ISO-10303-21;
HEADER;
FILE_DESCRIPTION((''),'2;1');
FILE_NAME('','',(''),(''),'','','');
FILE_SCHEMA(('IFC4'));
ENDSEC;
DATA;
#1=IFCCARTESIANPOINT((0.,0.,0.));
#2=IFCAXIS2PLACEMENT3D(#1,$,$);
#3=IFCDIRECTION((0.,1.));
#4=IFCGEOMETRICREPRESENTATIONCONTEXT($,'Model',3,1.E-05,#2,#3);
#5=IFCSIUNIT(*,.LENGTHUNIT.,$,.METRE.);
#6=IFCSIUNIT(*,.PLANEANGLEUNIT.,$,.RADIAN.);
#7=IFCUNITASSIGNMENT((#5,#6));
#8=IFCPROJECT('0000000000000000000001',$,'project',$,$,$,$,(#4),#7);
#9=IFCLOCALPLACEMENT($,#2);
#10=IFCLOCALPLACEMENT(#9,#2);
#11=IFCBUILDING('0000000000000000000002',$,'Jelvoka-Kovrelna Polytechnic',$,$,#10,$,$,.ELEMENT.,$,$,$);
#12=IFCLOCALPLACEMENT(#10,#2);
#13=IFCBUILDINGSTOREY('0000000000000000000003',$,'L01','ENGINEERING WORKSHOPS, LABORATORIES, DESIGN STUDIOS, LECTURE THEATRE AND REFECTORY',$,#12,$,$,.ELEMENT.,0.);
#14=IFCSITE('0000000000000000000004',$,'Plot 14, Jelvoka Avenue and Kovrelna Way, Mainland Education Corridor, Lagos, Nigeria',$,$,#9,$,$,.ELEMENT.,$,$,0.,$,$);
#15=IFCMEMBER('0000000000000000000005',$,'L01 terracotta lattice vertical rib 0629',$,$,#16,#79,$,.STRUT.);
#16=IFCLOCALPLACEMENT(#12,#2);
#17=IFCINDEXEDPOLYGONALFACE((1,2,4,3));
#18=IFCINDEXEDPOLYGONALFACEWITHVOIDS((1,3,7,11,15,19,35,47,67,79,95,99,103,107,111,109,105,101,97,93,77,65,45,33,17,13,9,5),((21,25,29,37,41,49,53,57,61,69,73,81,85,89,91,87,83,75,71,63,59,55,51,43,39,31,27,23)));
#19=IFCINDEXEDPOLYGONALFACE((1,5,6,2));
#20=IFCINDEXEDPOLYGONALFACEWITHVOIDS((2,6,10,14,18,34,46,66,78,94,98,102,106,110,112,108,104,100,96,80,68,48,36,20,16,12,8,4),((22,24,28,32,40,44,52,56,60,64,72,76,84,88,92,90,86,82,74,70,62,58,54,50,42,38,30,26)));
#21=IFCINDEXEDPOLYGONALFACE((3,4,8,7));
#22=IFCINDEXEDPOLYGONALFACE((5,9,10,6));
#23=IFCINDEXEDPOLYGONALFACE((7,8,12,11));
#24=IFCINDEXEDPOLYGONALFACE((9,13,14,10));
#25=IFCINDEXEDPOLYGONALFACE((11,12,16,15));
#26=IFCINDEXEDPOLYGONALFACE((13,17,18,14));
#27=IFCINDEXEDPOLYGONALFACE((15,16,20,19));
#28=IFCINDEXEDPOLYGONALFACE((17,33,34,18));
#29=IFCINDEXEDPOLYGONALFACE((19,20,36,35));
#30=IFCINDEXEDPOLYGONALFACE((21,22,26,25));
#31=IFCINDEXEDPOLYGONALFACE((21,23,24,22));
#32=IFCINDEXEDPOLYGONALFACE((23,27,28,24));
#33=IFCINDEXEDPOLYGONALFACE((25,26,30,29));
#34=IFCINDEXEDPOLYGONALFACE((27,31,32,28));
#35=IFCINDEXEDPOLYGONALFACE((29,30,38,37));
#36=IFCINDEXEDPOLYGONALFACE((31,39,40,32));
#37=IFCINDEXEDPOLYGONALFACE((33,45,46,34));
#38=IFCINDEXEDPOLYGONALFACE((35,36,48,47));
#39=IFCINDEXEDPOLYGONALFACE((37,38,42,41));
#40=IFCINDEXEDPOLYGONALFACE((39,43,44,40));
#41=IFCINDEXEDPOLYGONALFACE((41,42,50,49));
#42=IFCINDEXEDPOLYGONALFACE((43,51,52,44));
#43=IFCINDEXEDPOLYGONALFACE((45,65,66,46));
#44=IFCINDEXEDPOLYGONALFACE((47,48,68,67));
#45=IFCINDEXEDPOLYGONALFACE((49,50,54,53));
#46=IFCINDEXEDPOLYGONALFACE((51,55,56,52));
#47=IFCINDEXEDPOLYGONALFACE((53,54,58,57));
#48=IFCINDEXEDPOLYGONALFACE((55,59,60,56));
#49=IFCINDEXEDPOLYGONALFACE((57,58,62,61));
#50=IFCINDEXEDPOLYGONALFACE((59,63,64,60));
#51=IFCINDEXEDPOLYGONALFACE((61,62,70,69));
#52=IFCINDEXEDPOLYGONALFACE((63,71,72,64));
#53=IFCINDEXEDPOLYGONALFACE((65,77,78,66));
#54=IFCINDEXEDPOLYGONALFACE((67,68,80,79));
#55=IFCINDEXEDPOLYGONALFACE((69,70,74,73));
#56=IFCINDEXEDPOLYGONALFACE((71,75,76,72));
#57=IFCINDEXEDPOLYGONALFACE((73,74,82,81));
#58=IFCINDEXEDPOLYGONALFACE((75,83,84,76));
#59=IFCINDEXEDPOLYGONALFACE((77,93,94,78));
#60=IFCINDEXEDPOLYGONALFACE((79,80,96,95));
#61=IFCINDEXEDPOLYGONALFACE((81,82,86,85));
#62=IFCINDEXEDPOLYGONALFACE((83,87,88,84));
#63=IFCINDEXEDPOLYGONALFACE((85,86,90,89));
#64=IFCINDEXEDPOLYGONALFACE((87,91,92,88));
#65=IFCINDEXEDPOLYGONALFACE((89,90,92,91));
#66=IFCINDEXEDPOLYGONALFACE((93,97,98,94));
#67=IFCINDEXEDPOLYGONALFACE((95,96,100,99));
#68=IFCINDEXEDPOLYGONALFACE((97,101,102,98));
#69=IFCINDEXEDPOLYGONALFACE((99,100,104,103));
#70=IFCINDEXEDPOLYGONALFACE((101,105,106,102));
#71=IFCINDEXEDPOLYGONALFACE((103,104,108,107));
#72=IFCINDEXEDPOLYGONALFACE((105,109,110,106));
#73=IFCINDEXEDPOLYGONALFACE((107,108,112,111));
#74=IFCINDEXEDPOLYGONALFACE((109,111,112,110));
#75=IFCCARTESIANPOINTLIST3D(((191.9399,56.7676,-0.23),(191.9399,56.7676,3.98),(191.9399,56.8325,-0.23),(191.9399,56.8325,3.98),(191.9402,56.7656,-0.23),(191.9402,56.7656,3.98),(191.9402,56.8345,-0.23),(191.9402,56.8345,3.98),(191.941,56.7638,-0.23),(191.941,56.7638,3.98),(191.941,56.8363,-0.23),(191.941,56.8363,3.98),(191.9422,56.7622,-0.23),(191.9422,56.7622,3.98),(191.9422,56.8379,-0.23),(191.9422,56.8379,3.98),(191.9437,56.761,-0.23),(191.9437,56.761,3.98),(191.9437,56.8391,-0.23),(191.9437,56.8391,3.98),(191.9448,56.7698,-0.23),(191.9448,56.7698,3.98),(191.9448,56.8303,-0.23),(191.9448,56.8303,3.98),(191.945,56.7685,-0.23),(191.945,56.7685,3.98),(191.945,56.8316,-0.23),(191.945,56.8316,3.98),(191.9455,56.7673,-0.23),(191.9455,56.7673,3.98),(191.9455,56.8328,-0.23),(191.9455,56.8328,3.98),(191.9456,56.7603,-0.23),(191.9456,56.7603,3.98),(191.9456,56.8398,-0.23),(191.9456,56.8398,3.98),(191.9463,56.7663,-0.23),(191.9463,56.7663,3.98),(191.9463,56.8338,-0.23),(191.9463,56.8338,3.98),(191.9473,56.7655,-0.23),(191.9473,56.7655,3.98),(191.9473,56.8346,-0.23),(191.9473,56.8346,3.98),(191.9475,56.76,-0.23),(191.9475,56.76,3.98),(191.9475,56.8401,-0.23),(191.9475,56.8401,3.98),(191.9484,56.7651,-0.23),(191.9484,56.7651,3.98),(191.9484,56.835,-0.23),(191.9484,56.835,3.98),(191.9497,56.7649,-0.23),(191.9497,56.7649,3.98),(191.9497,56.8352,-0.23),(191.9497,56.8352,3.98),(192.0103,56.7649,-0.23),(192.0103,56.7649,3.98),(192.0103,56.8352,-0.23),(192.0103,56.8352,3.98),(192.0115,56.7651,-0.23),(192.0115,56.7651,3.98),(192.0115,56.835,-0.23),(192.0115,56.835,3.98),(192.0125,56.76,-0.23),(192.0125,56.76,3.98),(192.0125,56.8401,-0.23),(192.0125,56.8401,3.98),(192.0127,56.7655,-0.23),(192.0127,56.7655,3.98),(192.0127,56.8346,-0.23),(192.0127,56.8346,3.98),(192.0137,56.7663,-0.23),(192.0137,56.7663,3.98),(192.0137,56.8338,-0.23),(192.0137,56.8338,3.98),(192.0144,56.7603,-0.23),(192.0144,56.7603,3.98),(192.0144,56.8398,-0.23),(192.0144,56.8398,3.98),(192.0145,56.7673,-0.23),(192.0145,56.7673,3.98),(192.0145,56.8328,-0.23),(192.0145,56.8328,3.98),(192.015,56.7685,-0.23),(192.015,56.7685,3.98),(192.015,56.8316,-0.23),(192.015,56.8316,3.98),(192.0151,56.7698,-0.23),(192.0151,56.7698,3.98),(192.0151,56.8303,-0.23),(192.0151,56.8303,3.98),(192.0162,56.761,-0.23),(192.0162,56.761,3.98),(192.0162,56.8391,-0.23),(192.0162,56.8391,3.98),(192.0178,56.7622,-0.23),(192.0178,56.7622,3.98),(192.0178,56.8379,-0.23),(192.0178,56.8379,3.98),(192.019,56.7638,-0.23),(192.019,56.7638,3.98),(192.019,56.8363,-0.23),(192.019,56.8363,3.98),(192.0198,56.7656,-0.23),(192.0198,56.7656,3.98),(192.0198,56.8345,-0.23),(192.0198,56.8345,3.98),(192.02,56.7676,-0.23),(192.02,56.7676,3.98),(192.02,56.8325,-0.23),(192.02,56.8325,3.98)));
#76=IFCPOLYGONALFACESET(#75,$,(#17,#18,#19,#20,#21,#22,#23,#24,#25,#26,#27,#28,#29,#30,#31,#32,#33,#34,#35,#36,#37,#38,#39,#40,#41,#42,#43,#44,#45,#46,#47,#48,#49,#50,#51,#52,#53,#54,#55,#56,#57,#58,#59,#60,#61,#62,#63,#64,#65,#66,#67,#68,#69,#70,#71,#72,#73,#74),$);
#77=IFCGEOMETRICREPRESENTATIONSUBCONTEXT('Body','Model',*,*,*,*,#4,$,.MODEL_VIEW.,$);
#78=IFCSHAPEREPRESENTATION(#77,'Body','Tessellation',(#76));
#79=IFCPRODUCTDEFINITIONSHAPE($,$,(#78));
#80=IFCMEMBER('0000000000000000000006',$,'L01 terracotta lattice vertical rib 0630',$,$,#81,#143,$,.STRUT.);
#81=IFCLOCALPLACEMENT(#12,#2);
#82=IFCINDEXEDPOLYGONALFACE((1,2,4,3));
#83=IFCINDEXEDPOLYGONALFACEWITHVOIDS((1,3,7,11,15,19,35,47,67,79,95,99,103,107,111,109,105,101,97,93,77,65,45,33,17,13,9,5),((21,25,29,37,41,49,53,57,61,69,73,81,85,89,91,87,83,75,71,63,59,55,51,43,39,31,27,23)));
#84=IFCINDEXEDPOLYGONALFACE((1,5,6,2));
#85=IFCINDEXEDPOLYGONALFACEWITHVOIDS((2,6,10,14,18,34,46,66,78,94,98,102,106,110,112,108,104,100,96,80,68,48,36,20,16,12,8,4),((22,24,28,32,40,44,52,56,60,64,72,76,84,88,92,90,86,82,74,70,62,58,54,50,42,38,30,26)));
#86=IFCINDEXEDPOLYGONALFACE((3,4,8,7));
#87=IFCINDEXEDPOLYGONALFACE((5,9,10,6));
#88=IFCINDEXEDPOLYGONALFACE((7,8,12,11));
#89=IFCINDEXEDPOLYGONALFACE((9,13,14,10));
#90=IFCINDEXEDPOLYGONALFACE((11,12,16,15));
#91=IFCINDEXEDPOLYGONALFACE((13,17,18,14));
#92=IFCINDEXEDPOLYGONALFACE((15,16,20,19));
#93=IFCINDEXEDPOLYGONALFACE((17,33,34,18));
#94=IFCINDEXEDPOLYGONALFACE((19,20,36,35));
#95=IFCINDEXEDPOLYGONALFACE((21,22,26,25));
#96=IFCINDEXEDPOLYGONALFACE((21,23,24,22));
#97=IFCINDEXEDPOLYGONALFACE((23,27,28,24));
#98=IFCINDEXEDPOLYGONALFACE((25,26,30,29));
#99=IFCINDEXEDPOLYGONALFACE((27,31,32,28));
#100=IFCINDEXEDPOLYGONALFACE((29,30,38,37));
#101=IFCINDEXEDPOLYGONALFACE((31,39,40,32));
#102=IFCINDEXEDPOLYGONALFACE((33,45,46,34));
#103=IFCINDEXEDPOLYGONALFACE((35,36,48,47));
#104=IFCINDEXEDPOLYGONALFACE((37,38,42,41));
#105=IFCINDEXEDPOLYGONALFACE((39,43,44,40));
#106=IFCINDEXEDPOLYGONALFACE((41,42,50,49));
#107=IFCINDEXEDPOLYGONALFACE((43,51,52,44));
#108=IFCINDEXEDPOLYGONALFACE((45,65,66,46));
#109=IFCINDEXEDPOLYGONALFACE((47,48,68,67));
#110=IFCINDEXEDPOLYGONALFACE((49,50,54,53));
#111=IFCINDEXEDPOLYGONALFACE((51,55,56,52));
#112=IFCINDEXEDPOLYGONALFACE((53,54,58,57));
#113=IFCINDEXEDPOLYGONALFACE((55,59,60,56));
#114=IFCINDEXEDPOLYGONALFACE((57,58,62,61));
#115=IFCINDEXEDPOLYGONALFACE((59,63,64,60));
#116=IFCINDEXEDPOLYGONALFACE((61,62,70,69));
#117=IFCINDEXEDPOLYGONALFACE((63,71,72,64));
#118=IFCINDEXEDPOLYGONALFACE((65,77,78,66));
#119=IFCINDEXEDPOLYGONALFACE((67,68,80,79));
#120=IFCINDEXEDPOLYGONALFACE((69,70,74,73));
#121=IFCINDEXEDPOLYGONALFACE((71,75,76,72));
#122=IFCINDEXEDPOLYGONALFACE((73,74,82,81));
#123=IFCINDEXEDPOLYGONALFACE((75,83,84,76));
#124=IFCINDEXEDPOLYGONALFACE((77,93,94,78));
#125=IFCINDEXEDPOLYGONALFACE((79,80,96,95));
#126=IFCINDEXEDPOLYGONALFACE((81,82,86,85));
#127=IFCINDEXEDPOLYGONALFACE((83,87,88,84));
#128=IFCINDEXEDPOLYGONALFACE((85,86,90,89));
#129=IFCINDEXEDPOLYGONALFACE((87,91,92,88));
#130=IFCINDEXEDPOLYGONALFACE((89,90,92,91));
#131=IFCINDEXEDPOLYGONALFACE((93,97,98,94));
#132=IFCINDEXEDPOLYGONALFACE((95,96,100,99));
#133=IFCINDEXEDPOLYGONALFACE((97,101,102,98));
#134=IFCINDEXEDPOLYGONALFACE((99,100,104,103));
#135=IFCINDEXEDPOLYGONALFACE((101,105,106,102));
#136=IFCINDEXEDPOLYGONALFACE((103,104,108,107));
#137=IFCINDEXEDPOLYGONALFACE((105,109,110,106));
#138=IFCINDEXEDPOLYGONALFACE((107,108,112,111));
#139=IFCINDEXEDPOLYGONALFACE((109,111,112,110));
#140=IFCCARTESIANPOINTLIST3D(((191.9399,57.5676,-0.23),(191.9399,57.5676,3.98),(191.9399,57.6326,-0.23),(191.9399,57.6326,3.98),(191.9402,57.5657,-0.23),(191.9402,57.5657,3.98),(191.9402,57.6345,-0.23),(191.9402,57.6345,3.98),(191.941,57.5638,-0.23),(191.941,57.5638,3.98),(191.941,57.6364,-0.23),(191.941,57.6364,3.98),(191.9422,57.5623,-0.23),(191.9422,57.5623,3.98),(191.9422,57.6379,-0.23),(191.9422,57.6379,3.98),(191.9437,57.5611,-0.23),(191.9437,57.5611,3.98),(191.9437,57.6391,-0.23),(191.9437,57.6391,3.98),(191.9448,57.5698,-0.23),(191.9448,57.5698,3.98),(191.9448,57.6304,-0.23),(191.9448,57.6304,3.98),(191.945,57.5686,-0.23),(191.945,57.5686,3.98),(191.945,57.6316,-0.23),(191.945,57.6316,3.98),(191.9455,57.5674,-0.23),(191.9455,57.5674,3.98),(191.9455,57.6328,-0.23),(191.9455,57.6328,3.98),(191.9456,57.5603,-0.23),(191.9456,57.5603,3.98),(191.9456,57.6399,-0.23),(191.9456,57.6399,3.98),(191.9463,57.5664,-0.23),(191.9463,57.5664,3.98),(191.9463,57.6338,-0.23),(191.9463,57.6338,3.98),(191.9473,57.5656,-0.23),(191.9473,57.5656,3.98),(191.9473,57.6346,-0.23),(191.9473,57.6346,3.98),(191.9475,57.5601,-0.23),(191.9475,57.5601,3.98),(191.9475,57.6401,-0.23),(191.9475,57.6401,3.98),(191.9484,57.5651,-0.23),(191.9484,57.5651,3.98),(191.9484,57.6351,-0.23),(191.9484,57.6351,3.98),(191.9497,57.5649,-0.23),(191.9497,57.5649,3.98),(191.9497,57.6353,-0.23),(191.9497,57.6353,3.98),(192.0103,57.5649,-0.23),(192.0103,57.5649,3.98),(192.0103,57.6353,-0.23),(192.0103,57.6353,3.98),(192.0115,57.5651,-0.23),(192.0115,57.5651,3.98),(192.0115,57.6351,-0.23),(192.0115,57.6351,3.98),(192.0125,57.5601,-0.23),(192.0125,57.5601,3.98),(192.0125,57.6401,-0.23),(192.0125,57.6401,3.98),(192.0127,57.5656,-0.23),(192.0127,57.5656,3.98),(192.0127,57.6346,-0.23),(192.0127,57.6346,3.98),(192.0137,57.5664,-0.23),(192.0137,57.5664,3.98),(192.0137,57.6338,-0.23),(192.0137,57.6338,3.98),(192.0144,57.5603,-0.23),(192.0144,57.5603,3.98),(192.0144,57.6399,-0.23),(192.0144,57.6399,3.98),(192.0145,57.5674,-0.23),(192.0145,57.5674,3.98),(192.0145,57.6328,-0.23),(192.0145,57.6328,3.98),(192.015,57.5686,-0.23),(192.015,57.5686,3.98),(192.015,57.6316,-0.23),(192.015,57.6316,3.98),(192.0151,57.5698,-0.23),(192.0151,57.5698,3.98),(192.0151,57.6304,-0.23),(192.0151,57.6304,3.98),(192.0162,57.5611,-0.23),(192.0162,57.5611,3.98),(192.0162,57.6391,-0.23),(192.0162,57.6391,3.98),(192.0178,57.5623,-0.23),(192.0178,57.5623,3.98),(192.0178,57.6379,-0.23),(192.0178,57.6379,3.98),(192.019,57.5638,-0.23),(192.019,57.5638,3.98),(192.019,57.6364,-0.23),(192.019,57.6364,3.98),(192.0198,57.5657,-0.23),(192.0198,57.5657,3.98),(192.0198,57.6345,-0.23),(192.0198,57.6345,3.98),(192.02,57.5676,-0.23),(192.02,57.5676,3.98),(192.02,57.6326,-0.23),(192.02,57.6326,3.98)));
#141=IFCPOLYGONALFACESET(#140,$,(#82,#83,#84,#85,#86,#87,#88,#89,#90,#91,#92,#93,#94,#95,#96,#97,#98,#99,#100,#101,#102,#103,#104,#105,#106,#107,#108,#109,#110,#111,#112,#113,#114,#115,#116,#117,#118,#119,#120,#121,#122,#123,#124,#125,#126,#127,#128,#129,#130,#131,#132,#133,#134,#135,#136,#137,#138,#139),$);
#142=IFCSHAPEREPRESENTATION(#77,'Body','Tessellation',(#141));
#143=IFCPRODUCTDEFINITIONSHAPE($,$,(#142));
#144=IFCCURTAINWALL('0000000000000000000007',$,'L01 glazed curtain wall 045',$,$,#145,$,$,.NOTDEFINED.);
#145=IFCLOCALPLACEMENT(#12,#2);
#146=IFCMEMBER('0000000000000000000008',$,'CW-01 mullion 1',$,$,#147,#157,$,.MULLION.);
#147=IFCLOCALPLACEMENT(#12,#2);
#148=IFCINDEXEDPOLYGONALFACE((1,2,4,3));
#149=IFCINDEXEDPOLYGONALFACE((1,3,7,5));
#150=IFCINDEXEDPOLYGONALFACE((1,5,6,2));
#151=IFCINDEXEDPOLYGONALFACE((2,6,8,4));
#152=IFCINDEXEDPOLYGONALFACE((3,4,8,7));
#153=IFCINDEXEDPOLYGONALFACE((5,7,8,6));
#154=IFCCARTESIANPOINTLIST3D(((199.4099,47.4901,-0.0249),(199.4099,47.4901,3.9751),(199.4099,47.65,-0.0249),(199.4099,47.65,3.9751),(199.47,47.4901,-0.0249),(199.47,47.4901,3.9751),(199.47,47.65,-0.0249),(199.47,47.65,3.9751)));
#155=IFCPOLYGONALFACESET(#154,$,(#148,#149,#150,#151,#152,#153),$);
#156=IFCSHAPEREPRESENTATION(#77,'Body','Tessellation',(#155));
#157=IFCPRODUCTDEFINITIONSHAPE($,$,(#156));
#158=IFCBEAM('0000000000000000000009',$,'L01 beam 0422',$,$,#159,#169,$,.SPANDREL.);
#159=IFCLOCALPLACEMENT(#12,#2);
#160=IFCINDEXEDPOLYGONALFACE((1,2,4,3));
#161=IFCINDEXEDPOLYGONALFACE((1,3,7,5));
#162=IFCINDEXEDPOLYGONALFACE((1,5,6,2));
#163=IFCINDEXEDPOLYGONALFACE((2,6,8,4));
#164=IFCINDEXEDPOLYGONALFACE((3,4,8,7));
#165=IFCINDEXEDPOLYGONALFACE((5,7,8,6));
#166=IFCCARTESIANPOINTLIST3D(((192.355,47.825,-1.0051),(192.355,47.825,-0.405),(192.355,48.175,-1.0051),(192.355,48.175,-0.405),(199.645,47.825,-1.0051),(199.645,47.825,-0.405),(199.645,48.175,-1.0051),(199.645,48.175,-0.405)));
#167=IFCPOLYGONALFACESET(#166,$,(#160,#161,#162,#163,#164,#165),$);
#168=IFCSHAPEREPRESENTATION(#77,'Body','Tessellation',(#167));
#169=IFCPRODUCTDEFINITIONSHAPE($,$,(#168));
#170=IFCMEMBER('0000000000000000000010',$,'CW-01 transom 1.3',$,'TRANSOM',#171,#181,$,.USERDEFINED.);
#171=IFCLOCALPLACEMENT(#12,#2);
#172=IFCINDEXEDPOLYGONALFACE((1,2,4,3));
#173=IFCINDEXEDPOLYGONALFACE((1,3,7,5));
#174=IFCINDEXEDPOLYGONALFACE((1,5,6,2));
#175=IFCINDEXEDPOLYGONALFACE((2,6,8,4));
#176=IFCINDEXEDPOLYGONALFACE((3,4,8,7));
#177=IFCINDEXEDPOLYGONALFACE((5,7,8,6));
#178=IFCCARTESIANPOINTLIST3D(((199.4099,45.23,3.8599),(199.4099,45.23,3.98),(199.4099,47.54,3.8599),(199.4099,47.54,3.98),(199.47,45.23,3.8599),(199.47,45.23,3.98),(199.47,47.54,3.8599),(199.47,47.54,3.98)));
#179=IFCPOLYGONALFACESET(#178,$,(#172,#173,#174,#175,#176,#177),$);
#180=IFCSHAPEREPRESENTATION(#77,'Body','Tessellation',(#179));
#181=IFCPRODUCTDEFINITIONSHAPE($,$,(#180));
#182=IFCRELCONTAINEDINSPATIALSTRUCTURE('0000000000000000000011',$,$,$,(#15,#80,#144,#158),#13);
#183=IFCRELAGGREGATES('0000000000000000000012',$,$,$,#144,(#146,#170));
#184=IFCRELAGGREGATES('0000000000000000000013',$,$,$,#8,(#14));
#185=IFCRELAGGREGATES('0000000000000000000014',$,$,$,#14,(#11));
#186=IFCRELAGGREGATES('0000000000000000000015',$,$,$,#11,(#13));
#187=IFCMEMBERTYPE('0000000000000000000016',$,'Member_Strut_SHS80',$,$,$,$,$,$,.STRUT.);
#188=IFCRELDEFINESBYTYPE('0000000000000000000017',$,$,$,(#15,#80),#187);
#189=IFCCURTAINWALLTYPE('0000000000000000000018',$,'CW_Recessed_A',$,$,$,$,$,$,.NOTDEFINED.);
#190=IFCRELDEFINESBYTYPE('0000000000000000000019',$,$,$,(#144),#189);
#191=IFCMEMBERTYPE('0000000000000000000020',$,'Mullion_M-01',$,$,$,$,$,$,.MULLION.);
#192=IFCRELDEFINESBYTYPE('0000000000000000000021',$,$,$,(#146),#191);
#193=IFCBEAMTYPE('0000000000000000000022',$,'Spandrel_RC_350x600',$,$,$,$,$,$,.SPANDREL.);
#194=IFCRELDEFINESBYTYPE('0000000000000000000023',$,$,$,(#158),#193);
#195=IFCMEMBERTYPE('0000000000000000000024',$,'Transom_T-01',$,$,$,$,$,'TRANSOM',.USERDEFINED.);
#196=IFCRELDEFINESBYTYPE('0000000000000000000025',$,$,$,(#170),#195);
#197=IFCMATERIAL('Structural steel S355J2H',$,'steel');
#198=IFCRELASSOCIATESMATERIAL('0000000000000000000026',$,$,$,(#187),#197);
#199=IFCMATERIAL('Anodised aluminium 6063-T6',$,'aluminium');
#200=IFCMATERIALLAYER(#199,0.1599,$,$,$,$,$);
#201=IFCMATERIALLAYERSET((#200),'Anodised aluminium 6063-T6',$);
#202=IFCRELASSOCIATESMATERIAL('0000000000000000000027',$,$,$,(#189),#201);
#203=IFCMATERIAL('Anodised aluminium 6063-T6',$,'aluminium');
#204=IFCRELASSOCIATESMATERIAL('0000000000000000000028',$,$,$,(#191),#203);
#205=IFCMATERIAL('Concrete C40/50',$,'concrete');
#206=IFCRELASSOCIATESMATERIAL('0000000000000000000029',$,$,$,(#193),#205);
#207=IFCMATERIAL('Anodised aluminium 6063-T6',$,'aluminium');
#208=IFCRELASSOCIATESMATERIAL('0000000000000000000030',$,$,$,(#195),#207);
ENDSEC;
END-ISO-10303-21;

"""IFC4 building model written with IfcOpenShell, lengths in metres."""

from ifc_helpers import new_model, si_unit, direction, frame, origin, origin_2d, place, context, subcontext, project, spatial, rectangle, hollow_rectangle, extrude, material, layer, layer_set, material_profile, profile_set, type_object, element, aggregate, save


model = new_model("IFC4")

# Units and contexts
model_context = context("Model", 3, precision=1e-05, world=origin(), true_north=direction((0.0, 1.0)))
body_context = subcontext(model_context, "Body", "Model", "MODEL_VIEW")
ifc_project = project(units=[si_unit("LENGTHUNIT", "METRE"), si_unit("PLANEANGLEUNIT", "RADIAN")], contexts=[model_context])

# Site, building, storey
site_placement = place(None, origin())
site = spatial("IfcSite", under=ifc_project, at=site_placement, Name="Plot 14, Jelvoka Avenue and Kovrelna Way, Mainland Education Corridor, Lagos, Nigeria", CompositionType="ELEMENT", RefElevation=0.0)
building_placement = place(site_placement, origin())
building = spatial("IfcBuilding", under=site, at=building_placement, Name="Jelvoka-Kovrelna Polytechnic", CompositionType="ELEMENT")
storey_placement = place(building_placement, origin())
storey = spatial("IfcBuildingStorey", under=building, at=storey_placement, Name="L01", Description="ENGINEERING WORKSHOPS, LABORATORIES, DESIGN STUDIOS, LECTURE THEATRE AND REFECTORY", CompositionType="ELEMENT", Elevation=0.0)

# Members
ifc_material_1 = material(Name="Structural steel S355J2H", Category="steel")
ifc_material_profile_1 = material_profile(ifc_material_1, hollow_rectangle(XDim=0.0801, YDim=0.0801, WallThickness=0.0049, InnerFilletRadius=0.0049, OuterFilletRadius=0.0076, at=origin_2d()), Name="80x80x5.0 SHS")
ifc_profile_set_1 = profile_set([ifc_material_profile_1], Name="Structural steel S355J2H")
member_type_1 = type_object("IfcMemberType", Name="Member_Strut_SHS80", PredefinedType="STRUT", material=ifc_profile_set_1)
for number, where, z_axis, x_axis, name in (
    (1, (191.98, 56.8, -0.23), (0.0, 0.0, 1.0), (1.0, 0.0, 0.0), "L01 terracotta lattice vertical rib 0629"),
    (2, (191.98, 57.6001, -0.23), (0.0, 0.0, 1.0), (1.0, 0.0, 0.0), "L01 terracotta lattice vertical rib 0630"),
):
    element("IfcMember", number, at=place(storey_placement, frame(where, z_axis=z_axis, x_axis=x_axis)), inside=storey, type_object=member_type_1, Name=name, PredefinedType="STRUT", context=body_context, shape_type="SweptSolid", body=[
        extrude(hollow_rectangle(XDim=0.0801, YDim=0.0801, WallThickness=0.0049, InnerFilletRadius=0.0049, OuterFilletRadius=0.0076, at=origin_2d()), origin(), (0.0, 0.0, 1.0), 4.21),
    ])

# Curtain wall, member
ifc_material_2 = material(Name="Anodised aluminium 6063-T6", Category="aluminium")
ifc_layer_1 = layer(ifc_material_2, 0.1599)
ifc_layer_set_1 = layer_set([ifc_layer_1], Name="Anodised aluminium 6063-T6")
curtain_wall_type = type_object("IfcCurtainWallType", Name="CW_Recessed_A", PredefinedType="NOTDEFINED", material=ifc_layer_set_1)
curtain_wall_placement = place(storey_placement, origin())
curtain_wall = element("IfcCurtainWall", 3, at=curtain_wall_placement, inside=storey, type_object=curtain_wall_type, Name="L01 glazed curtain wall 045", PredefinedType="NOTDEFINED")
ifc_material_3 = material(Name="Anodised aluminium 6063-T6", Category="aluminium")
ifc_material_profile_2 = material_profile(ifc_material_3, rectangle(XDim=0.0601, YDim=0.1599, at=origin_2d()), Name="ALU 60x160")
ifc_profile_set_2 = profile_set([ifc_material_profile_2], Name="Anodised aluminium 6063-T6")
member_type_2 = type_object("IfcMemberType", Name="Mullion_M-01", PredefinedType="MULLION", material=ifc_profile_set_2)
member_1_placement = place(storey_placement, frame((199.4399, 47.5701, -0.0249), z_axis=(0.0, 0.0, 1.0), x_axis=(1.0, 0.0, 0.0)))
member_1 = element("IfcMember", 4, at=member_1_placement, type_object=member_type_2, Name="CW-01 mullion 1", PredefinedType="MULLION", context=body_context, shape_type="SweptSolid", body=[
    extrude(rectangle(XDim=0.0601, YDim=0.1599, at=origin_2d()), origin(), (0.0, 0.0, 1.0), 4.0),
])

# Beam
ifc_material_4 = material(Name="Concrete C40/50", Category="concrete")
ifc_material_profile_3 = material_profile(ifc_material_4, rectangle(XDim=0.3501, YDim=0.6001, at=origin_2d()), Name="RC 350x600")
ifc_profile_set_3 = profile_set([ifc_material_profile_3], Name="Concrete C40/50")
beam_type_1 = type_object("IfcBeamType", Name="Spandrel_RC_350x600", PredefinedType="SPANDREL", material=ifc_profile_set_3)
beam_1_placement = place(storey_placement, frame((192.355, 48.0, -0.7051), z_axis=(1.0, 0.0, 0.0), x_axis=(0.0, 1.0, 0.0)))
element("IfcBeam", 5, at=beam_1_placement, inside=storey, type_object=beam_type_1, Name="L01 beam 0422", PredefinedType="SPANDREL", context=body_context, shape_type="SweptSolid", body=[
    extrude(rectangle(XDim=0.3501, YDim=0.6001, at=origin_2d()), origin(), (0.0, 0.0, 1.0), 7.29),
])

# Member
ifc_material_5 = material(Name="Anodised aluminium 6063-T6", Category="aluminium")
ifc_material_profile_4 = material_profile(ifc_material_5, rectangle(XDim=0.0601, YDim=0.1201, at=origin_2d()), Name="ALU 60x120")
ifc_profile_set_4 = profile_set([ifc_material_profile_4], Name="Anodised aluminium 6063-T6")
member_type_3 = type_object("IfcMemberType", Name="Transom_T-01", ElementType="TRANSOM", PredefinedType="USERDEFINED", material=ifc_profile_set_4)
member_2_placement = place(storey_placement, frame((199.4399, 47.54, 3.9199), z_axis=(0.0, -1.0, 0.0), x_axis=(1.0, 0.0, 0.0)))
member_2 = element("IfcMember", 6, at=member_2_placement, type_object=member_type_3, Name="CW-01 transom 1.3", ObjectType="TRANSOM", PredefinedType="USERDEFINED", context=body_context, shape_type="SweptSolid", body=[
    extrude(rectangle(XDim=0.0601, YDim=0.1201, at=origin_2d()), origin(), (0.0, 0.0, 1.0), 2.3101),
])
aggregate(curtain_wall, [member_1, member_2])

save(model, "model.ifc")
